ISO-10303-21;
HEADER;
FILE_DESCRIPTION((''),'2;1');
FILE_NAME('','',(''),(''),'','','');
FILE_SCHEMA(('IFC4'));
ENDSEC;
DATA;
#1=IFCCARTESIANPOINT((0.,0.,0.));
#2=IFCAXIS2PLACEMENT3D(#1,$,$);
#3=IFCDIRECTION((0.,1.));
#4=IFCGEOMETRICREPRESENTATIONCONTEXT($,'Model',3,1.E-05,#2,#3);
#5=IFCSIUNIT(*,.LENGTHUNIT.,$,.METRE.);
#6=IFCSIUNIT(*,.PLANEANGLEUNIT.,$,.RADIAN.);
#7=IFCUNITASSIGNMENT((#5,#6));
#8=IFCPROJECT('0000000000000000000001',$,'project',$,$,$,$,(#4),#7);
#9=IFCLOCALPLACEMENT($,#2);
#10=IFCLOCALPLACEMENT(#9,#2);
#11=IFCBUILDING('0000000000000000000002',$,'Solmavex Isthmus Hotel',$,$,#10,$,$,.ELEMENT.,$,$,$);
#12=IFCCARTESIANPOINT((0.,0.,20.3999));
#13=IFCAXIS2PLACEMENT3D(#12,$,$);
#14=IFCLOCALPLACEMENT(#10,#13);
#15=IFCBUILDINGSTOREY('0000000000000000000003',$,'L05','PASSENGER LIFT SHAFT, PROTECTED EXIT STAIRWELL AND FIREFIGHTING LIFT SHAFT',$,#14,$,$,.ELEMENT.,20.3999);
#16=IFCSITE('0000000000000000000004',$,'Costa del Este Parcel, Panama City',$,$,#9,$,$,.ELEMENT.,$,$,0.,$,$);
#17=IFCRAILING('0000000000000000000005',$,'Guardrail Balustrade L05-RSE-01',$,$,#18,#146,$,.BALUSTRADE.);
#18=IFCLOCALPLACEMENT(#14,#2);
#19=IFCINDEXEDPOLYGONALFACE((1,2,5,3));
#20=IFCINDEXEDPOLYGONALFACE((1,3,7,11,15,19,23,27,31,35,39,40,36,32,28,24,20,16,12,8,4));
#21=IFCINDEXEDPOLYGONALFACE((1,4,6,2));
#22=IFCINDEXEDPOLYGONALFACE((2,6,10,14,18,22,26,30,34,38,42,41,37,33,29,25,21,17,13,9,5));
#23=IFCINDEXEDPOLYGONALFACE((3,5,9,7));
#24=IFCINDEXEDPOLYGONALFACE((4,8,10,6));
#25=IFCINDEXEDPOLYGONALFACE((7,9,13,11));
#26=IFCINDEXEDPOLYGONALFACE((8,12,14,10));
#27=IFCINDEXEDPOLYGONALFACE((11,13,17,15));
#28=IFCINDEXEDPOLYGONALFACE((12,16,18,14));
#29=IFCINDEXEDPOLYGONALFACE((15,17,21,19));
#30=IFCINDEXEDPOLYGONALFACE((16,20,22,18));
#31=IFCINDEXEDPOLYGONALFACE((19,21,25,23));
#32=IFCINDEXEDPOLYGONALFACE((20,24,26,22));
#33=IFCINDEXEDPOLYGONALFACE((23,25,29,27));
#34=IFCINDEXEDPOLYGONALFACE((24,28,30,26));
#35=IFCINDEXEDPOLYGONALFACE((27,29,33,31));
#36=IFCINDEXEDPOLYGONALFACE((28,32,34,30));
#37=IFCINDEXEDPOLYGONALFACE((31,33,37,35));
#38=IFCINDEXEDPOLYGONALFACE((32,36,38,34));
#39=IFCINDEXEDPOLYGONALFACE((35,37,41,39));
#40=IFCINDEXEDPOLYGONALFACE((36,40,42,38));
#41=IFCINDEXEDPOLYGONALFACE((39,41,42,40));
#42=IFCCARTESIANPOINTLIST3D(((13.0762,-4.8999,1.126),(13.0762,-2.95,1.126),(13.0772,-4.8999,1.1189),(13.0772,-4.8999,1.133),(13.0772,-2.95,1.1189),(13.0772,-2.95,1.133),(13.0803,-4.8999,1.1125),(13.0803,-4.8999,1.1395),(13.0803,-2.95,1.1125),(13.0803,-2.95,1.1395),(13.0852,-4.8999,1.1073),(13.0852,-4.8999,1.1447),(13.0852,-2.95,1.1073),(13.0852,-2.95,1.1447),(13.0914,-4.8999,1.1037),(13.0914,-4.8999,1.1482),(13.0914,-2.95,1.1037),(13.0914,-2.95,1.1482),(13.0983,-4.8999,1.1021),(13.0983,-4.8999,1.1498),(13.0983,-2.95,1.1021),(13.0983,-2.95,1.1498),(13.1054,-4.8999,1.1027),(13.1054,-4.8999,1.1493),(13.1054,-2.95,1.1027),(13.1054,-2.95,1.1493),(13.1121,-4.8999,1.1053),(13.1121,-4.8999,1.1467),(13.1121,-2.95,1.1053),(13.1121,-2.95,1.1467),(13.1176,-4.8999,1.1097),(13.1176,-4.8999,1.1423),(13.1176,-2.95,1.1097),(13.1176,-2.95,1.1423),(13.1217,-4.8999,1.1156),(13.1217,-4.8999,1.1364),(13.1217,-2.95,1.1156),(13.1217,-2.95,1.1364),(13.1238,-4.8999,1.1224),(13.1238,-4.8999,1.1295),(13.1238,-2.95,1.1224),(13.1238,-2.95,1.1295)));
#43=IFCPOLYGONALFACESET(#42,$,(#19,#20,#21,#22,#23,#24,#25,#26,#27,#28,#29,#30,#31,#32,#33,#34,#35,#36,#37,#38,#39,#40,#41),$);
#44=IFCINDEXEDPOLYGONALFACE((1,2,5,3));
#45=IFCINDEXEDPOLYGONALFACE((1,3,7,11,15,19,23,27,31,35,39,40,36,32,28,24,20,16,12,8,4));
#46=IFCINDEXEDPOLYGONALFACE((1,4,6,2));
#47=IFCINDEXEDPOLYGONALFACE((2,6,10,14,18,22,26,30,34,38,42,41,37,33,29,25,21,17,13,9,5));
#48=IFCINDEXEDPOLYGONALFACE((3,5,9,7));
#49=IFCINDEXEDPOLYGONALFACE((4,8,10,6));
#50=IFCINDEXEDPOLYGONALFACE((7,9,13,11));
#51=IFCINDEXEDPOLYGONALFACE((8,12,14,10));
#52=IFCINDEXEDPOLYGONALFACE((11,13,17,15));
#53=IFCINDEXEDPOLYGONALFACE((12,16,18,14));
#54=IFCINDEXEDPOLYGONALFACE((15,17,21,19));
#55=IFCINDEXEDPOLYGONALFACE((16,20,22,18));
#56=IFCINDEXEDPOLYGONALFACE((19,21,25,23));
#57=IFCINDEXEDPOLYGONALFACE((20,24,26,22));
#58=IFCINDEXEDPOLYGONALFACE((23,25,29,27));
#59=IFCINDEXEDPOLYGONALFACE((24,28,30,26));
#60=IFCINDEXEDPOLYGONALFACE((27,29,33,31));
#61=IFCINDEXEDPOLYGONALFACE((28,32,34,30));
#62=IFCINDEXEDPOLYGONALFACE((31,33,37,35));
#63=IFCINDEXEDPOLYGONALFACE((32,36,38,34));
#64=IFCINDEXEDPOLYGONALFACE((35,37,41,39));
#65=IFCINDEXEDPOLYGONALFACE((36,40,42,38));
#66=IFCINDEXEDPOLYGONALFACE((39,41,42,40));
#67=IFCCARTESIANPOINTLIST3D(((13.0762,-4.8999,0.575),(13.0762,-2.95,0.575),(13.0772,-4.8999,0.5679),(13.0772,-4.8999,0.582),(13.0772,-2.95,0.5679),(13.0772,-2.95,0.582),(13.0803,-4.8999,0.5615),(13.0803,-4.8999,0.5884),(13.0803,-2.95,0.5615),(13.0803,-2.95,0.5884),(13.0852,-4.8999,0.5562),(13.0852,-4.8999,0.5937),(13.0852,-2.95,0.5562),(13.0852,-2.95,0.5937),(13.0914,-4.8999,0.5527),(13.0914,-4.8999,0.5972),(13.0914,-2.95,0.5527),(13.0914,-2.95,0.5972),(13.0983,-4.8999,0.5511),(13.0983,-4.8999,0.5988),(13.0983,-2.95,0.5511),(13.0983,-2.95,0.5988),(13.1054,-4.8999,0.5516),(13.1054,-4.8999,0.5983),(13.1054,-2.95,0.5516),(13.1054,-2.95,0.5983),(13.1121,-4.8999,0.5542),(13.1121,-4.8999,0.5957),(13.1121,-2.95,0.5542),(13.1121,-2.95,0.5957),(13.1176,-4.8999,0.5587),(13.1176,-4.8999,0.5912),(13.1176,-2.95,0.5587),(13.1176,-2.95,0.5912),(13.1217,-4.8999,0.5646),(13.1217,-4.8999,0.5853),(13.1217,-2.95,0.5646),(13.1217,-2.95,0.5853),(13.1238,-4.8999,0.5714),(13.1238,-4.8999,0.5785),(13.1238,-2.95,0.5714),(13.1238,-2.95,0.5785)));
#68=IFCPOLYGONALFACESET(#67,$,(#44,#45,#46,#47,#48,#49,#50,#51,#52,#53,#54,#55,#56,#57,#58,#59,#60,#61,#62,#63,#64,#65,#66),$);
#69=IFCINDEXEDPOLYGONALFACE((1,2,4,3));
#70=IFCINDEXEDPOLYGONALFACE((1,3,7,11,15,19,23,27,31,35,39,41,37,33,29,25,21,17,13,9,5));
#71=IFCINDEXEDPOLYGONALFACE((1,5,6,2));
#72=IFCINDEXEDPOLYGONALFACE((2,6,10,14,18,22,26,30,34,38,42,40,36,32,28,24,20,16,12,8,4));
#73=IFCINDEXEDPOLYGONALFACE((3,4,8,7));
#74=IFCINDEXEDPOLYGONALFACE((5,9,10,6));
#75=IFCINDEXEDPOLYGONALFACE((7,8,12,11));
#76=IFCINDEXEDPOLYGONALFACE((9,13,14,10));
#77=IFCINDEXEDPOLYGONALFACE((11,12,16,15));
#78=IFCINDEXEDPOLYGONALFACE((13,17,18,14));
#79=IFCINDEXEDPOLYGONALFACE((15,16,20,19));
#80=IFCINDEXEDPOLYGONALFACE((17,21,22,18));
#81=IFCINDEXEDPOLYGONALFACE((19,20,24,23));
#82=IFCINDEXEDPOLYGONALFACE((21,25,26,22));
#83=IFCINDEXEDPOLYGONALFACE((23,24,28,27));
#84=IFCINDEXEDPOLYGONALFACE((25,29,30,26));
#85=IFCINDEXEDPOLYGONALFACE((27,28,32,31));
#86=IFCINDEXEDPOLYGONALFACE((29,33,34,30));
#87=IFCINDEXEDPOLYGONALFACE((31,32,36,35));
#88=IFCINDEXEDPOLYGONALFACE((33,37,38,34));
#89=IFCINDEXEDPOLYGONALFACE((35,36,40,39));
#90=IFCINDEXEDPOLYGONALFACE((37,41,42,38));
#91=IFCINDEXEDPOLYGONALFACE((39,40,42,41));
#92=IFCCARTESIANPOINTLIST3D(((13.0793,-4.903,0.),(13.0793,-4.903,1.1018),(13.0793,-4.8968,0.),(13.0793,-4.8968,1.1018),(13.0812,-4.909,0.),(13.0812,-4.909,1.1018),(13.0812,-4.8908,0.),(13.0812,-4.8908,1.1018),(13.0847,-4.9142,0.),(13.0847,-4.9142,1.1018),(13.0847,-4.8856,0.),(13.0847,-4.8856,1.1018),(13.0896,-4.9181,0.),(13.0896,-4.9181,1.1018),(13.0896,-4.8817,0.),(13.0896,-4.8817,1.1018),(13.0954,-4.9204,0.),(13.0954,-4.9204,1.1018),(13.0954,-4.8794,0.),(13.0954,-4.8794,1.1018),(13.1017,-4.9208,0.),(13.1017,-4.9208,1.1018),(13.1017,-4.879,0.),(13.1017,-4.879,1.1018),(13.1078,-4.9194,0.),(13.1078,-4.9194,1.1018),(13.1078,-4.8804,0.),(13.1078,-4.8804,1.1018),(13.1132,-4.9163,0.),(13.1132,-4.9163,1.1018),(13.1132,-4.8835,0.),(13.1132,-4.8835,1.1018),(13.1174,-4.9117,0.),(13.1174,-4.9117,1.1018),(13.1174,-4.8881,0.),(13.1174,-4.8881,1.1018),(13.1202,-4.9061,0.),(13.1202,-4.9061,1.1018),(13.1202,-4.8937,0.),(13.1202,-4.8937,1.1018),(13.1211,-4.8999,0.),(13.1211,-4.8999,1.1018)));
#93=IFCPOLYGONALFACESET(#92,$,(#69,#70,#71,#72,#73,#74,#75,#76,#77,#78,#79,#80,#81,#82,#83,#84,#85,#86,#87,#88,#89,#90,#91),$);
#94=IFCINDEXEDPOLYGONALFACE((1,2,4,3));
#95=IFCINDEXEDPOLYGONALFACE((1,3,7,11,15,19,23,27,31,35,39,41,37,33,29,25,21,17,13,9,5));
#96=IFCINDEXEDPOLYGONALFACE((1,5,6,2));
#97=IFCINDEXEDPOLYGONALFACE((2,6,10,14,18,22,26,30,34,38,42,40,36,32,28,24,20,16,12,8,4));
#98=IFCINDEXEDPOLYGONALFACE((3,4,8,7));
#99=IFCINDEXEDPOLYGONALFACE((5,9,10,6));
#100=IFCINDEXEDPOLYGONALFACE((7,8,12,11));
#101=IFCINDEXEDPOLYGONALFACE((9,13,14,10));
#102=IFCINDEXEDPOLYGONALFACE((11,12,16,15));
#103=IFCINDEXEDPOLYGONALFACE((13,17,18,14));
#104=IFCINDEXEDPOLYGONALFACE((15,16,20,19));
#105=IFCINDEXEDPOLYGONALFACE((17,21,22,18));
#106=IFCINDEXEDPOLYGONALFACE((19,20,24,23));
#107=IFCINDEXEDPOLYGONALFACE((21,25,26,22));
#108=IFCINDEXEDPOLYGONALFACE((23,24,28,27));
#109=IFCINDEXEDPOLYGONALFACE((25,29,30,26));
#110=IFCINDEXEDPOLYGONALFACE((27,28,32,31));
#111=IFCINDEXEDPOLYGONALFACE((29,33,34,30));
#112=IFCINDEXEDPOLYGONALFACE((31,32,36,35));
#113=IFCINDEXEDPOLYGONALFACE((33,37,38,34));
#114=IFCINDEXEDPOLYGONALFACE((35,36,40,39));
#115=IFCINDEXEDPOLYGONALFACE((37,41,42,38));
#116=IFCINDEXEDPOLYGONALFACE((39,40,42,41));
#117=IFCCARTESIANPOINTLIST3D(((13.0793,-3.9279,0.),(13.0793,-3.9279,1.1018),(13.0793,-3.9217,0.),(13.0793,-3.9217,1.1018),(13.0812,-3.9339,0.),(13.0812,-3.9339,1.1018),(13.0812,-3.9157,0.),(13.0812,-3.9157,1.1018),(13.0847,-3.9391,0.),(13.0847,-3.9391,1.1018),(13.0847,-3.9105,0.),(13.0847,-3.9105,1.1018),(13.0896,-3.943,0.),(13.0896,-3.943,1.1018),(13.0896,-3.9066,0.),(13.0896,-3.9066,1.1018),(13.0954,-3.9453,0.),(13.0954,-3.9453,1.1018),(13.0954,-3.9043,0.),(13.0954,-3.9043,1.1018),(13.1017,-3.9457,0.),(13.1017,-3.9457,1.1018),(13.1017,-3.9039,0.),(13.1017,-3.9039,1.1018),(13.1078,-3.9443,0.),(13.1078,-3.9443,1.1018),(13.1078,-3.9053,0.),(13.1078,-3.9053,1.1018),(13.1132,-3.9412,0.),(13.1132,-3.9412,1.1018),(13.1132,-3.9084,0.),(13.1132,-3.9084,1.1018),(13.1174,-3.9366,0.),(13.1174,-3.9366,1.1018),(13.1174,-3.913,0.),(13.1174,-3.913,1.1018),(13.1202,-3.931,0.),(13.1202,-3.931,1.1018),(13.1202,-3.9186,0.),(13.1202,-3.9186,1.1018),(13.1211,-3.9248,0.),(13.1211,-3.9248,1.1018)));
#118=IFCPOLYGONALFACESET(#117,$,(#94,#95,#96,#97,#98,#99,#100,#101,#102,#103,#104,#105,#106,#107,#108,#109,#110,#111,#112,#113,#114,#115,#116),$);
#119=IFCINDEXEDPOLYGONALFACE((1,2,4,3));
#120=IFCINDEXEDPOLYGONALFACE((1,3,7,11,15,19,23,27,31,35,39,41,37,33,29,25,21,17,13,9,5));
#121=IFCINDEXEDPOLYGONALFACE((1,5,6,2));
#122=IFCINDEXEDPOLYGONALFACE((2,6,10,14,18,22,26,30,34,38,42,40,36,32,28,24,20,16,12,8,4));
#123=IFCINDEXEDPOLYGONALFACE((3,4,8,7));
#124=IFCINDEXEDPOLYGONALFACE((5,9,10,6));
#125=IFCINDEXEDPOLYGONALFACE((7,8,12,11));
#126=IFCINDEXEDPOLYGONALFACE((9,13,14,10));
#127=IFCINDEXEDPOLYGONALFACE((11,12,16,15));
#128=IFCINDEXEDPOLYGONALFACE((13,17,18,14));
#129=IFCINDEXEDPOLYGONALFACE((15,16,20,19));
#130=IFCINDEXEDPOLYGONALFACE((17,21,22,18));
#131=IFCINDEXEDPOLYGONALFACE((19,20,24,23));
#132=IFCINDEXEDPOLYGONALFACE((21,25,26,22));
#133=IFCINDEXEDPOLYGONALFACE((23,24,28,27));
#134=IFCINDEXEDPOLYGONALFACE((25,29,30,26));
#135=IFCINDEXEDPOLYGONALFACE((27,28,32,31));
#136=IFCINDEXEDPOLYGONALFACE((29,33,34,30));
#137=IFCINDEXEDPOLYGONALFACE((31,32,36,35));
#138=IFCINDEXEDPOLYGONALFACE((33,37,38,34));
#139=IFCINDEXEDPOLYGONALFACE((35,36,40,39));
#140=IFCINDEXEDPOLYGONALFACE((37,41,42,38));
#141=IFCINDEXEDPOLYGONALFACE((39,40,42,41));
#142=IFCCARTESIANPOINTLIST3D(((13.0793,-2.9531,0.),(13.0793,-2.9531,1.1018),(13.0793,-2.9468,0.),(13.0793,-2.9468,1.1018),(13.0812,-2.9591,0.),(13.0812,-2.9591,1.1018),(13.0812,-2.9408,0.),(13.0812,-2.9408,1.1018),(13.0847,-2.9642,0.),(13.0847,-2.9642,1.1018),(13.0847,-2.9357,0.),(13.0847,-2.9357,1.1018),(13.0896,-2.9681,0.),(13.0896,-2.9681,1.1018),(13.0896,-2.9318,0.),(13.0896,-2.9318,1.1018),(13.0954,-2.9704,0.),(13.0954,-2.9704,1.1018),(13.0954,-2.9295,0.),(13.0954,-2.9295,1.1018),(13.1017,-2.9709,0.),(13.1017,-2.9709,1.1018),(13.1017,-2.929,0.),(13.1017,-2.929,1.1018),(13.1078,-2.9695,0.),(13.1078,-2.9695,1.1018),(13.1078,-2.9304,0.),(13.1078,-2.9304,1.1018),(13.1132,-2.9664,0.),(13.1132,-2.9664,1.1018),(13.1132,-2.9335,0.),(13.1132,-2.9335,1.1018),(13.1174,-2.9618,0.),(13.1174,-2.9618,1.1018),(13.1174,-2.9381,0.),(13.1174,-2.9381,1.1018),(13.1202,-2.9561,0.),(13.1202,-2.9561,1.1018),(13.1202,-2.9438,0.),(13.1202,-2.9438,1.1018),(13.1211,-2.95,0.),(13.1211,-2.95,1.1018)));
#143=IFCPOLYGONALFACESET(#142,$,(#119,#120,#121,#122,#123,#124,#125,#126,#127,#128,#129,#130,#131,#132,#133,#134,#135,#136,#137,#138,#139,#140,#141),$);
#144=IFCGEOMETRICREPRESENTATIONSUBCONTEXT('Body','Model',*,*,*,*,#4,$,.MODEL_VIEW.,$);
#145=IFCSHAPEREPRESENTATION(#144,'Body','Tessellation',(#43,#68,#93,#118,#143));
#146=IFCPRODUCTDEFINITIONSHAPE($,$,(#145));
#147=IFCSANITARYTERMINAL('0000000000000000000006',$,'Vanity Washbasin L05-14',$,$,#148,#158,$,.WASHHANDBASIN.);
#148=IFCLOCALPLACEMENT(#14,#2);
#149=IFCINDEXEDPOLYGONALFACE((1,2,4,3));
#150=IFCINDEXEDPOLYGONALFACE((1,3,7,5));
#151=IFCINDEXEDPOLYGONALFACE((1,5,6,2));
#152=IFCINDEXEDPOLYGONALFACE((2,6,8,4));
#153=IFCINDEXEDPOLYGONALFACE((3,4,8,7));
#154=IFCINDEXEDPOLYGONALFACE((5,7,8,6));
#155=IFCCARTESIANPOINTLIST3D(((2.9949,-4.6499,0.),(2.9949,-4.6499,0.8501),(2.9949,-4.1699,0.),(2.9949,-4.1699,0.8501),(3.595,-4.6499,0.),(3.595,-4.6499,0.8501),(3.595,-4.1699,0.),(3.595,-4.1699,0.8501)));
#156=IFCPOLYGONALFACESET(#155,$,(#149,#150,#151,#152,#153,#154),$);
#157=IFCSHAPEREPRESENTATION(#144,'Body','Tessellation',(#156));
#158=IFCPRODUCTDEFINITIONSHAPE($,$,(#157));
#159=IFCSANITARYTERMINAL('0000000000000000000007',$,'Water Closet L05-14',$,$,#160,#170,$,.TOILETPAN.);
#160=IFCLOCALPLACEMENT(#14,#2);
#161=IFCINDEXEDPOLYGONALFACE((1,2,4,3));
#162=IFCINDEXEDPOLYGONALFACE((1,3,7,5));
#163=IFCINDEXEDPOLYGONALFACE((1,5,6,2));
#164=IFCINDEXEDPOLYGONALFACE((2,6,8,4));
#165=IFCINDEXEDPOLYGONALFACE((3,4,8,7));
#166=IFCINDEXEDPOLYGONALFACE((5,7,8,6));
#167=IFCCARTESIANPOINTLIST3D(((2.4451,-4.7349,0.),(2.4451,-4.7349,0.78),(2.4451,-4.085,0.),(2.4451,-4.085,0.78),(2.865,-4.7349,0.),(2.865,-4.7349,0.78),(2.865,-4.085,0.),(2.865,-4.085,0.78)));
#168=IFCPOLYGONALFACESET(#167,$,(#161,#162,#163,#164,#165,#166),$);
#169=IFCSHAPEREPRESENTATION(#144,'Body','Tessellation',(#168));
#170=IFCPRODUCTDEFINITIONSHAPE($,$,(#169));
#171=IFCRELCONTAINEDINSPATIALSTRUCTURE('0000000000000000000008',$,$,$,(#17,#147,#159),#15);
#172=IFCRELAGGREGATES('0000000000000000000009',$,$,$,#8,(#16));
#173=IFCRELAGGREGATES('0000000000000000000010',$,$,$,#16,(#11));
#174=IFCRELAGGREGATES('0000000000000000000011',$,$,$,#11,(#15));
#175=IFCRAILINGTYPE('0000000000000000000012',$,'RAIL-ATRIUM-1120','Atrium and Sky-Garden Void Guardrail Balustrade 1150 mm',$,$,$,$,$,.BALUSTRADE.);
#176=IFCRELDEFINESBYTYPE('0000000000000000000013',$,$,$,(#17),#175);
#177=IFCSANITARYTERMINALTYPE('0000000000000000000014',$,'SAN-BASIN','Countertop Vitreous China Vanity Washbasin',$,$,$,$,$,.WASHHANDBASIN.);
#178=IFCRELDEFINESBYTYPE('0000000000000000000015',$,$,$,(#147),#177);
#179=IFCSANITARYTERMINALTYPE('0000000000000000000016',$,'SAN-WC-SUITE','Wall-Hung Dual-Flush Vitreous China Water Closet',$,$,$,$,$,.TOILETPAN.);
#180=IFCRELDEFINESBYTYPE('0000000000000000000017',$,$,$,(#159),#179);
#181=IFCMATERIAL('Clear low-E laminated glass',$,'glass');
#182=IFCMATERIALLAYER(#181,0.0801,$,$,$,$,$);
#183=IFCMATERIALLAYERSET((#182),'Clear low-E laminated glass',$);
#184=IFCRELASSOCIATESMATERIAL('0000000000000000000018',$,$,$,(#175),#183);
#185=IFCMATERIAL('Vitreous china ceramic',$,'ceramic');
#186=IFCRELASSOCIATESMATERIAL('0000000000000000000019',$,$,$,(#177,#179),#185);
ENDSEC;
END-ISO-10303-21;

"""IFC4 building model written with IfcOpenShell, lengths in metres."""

from ifc_helpers import new_model, si_unit, direction, frame, origin, origin_2d, place, context, subcontext, project, spatial, rectangle, circle, extrude, material, layer, layer_set, type_object, element, save


model = new_model("IFC4")

# Units and contexts
model_context = context("Model", 3, precision=1e-05, world=origin(), true_north=direction((0.0, 1.0)))
body_context = subcontext(model_context, "Body", "Model", "MODEL_VIEW")
ifc_project = project(units=[si_unit("LENGTHUNIT", "METRE"), si_unit("PLANEANGLEUNIT", "RADIAN")], contexts=[model_context])

# Site, building, storey
site_placement = place(None, origin())
site = spatial("IfcSite", under=ifc_project, at=site_placement, Name="Costa del Este Parcel, Panama City", CompositionType="ELEMENT", RefElevation=0.0)
building_placement = place(site_placement, origin())
building = spatial("IfcBuilding", under=site, at=building_placement, Name="Solmavex Isthmus Hotel", CompositionType="ELEMENT")
storey_placement = place(building_placement, frame((0.0, 0.0, 20.3999)))
storey = spatial("IfcBuildingStorey", under=building, at=storey_placement, Name="L05", Description="PASSENGER LIFT SHAFT, PROTECTED EXIT STAIRWELL AND FIREFIGHTING LIFT SHAFT", CompositionType="ELEMENT", Elevation=20.3999)

# Railing
ifc_material_1 = material(Name="Clear low-E laminated glass", Category="glass")
ifc_layer_1 = layer(ifc_material_1, 0.0801)
ifc_layer_set_1 = layer_set([ifc_layer_1], Name="Clear low-E laminated glass")
railing_type_1 = type_object("IfcRailingType", Name="RAIL-ATRIUM-1120", Description="Atrium and Sky-Garden Void Guardrail Balustrade 1150 mm", PredefinedType="BALUSTRADE", material=ifc_layer_set_1)
railing_1_placement = place(storey_placement, frame((13.1001, -4.8999, 0.0)))
element("IfcRailing", 1, at=railing_1_placement, inside=storey, type_object=railing_type_1, Name="Guardrail Balustrade L05-RSE-01", PredefinedType="BALUSTRADE", context=body_context, shape_type="SweptSolid", body=[
    extrude(circle(Radius=0.0239, at=origin_2d()), frame((0.0, 0.0, 1.126), z_axis=(0.0, 1.0, 0.0), x_axis=(-1.0, 0.0, 0.0)), (0.0, 0.0, 1.0), 1.95),
    extrude(circle(Radius=0.0239, at=origin_2d()), frame((0.0, 0.0, 0.575), z_axis=(0.0, 1.0, 0.0), x_axis=(-1.0, 0.0, 0.0)), (0.0, 0.0, 1.0), 1.95),
    extrude(circle(Radius=0.021, at=origin_2d()), origin(), (0.0, 0.0, 1.0), 1.1018),
    extrude(circle(Radius=0.021, at=origin_2d()), frame((0.0, 0.9751, 0.0)), (0.0, 0.0, 1.0), 1.1018),
    extrude(circle(Radius=0.021, at=origin_2d()), frame((0.0, 1.95, 0.0)), (0.0, 0.0, 1.0), 1.1018),
])

# Sanitary terminals
ifc_material_2 = material(Name="Vitreous china ceramic", Category="ceramic")
sanitary_terminal_type_1 = type_object("IfcSanitaryTerminalType", Name="SAN-BASIN", Description="Countertop Vitreous China Vanity Washbasin", PredefinedType="WASHHANDBASIN", material=ifc_material_2)
sanitary_terminal_1_placement = place(storey_placement, frame((3.2949, -4.4099, 0.0), z_axis=(0.0, 0.0, 1.0), x_axis=(1.0, 0.0, 0.0)))
element("IfcSanitaryTerminal", 2, at=sanitary_terminal_1_placement, inside=storey, type_object=sanitary_terminal_type_1, Name="Vanity Washbasin L05-14", PredefinedType="WASHHANDBASIN", context=body_context, shape_type="SweptSolid", body=[
    extrude(rectangle(XDim=0.6001, YDim=0.48, at=origin_2d()), origin(), (0.0, 0.0, 1.0), 0.8501),
])
sanitary_terminal_type_2 = type_object("IfcSanitaryTerminalType", Name="SAN-WC-SUITE", Description="Wall-Hung Dual-Flush Vitreous China Water Closet", PredefinedType="TOILETPAN", material=ifc_material_2)
sanitary_terminal_2_placement = place(storey_placement, frame((2.655, -4.4099, 0.0), z_axis=(0.0, 0.0, 1.0), x_axis=(1.0, 0.0, 0.0)))
element("IfcSanitaryTerminal", 3, at=sanitary_terminal_2_placement, inside=storey, type_object=sanitary_terminal_type_2, Name="Water Closet L05-14", PredefinedType="TOILETPAN", context=body_context, shape_type="SweptSolid", body=[
    extrude(rectangle(XDim=0.4199, YDim=0.6499, at=origin_2d()), origin(), (0.0, 0.0, 1.0), 0.78),
])

save(model, "model.ifc")
